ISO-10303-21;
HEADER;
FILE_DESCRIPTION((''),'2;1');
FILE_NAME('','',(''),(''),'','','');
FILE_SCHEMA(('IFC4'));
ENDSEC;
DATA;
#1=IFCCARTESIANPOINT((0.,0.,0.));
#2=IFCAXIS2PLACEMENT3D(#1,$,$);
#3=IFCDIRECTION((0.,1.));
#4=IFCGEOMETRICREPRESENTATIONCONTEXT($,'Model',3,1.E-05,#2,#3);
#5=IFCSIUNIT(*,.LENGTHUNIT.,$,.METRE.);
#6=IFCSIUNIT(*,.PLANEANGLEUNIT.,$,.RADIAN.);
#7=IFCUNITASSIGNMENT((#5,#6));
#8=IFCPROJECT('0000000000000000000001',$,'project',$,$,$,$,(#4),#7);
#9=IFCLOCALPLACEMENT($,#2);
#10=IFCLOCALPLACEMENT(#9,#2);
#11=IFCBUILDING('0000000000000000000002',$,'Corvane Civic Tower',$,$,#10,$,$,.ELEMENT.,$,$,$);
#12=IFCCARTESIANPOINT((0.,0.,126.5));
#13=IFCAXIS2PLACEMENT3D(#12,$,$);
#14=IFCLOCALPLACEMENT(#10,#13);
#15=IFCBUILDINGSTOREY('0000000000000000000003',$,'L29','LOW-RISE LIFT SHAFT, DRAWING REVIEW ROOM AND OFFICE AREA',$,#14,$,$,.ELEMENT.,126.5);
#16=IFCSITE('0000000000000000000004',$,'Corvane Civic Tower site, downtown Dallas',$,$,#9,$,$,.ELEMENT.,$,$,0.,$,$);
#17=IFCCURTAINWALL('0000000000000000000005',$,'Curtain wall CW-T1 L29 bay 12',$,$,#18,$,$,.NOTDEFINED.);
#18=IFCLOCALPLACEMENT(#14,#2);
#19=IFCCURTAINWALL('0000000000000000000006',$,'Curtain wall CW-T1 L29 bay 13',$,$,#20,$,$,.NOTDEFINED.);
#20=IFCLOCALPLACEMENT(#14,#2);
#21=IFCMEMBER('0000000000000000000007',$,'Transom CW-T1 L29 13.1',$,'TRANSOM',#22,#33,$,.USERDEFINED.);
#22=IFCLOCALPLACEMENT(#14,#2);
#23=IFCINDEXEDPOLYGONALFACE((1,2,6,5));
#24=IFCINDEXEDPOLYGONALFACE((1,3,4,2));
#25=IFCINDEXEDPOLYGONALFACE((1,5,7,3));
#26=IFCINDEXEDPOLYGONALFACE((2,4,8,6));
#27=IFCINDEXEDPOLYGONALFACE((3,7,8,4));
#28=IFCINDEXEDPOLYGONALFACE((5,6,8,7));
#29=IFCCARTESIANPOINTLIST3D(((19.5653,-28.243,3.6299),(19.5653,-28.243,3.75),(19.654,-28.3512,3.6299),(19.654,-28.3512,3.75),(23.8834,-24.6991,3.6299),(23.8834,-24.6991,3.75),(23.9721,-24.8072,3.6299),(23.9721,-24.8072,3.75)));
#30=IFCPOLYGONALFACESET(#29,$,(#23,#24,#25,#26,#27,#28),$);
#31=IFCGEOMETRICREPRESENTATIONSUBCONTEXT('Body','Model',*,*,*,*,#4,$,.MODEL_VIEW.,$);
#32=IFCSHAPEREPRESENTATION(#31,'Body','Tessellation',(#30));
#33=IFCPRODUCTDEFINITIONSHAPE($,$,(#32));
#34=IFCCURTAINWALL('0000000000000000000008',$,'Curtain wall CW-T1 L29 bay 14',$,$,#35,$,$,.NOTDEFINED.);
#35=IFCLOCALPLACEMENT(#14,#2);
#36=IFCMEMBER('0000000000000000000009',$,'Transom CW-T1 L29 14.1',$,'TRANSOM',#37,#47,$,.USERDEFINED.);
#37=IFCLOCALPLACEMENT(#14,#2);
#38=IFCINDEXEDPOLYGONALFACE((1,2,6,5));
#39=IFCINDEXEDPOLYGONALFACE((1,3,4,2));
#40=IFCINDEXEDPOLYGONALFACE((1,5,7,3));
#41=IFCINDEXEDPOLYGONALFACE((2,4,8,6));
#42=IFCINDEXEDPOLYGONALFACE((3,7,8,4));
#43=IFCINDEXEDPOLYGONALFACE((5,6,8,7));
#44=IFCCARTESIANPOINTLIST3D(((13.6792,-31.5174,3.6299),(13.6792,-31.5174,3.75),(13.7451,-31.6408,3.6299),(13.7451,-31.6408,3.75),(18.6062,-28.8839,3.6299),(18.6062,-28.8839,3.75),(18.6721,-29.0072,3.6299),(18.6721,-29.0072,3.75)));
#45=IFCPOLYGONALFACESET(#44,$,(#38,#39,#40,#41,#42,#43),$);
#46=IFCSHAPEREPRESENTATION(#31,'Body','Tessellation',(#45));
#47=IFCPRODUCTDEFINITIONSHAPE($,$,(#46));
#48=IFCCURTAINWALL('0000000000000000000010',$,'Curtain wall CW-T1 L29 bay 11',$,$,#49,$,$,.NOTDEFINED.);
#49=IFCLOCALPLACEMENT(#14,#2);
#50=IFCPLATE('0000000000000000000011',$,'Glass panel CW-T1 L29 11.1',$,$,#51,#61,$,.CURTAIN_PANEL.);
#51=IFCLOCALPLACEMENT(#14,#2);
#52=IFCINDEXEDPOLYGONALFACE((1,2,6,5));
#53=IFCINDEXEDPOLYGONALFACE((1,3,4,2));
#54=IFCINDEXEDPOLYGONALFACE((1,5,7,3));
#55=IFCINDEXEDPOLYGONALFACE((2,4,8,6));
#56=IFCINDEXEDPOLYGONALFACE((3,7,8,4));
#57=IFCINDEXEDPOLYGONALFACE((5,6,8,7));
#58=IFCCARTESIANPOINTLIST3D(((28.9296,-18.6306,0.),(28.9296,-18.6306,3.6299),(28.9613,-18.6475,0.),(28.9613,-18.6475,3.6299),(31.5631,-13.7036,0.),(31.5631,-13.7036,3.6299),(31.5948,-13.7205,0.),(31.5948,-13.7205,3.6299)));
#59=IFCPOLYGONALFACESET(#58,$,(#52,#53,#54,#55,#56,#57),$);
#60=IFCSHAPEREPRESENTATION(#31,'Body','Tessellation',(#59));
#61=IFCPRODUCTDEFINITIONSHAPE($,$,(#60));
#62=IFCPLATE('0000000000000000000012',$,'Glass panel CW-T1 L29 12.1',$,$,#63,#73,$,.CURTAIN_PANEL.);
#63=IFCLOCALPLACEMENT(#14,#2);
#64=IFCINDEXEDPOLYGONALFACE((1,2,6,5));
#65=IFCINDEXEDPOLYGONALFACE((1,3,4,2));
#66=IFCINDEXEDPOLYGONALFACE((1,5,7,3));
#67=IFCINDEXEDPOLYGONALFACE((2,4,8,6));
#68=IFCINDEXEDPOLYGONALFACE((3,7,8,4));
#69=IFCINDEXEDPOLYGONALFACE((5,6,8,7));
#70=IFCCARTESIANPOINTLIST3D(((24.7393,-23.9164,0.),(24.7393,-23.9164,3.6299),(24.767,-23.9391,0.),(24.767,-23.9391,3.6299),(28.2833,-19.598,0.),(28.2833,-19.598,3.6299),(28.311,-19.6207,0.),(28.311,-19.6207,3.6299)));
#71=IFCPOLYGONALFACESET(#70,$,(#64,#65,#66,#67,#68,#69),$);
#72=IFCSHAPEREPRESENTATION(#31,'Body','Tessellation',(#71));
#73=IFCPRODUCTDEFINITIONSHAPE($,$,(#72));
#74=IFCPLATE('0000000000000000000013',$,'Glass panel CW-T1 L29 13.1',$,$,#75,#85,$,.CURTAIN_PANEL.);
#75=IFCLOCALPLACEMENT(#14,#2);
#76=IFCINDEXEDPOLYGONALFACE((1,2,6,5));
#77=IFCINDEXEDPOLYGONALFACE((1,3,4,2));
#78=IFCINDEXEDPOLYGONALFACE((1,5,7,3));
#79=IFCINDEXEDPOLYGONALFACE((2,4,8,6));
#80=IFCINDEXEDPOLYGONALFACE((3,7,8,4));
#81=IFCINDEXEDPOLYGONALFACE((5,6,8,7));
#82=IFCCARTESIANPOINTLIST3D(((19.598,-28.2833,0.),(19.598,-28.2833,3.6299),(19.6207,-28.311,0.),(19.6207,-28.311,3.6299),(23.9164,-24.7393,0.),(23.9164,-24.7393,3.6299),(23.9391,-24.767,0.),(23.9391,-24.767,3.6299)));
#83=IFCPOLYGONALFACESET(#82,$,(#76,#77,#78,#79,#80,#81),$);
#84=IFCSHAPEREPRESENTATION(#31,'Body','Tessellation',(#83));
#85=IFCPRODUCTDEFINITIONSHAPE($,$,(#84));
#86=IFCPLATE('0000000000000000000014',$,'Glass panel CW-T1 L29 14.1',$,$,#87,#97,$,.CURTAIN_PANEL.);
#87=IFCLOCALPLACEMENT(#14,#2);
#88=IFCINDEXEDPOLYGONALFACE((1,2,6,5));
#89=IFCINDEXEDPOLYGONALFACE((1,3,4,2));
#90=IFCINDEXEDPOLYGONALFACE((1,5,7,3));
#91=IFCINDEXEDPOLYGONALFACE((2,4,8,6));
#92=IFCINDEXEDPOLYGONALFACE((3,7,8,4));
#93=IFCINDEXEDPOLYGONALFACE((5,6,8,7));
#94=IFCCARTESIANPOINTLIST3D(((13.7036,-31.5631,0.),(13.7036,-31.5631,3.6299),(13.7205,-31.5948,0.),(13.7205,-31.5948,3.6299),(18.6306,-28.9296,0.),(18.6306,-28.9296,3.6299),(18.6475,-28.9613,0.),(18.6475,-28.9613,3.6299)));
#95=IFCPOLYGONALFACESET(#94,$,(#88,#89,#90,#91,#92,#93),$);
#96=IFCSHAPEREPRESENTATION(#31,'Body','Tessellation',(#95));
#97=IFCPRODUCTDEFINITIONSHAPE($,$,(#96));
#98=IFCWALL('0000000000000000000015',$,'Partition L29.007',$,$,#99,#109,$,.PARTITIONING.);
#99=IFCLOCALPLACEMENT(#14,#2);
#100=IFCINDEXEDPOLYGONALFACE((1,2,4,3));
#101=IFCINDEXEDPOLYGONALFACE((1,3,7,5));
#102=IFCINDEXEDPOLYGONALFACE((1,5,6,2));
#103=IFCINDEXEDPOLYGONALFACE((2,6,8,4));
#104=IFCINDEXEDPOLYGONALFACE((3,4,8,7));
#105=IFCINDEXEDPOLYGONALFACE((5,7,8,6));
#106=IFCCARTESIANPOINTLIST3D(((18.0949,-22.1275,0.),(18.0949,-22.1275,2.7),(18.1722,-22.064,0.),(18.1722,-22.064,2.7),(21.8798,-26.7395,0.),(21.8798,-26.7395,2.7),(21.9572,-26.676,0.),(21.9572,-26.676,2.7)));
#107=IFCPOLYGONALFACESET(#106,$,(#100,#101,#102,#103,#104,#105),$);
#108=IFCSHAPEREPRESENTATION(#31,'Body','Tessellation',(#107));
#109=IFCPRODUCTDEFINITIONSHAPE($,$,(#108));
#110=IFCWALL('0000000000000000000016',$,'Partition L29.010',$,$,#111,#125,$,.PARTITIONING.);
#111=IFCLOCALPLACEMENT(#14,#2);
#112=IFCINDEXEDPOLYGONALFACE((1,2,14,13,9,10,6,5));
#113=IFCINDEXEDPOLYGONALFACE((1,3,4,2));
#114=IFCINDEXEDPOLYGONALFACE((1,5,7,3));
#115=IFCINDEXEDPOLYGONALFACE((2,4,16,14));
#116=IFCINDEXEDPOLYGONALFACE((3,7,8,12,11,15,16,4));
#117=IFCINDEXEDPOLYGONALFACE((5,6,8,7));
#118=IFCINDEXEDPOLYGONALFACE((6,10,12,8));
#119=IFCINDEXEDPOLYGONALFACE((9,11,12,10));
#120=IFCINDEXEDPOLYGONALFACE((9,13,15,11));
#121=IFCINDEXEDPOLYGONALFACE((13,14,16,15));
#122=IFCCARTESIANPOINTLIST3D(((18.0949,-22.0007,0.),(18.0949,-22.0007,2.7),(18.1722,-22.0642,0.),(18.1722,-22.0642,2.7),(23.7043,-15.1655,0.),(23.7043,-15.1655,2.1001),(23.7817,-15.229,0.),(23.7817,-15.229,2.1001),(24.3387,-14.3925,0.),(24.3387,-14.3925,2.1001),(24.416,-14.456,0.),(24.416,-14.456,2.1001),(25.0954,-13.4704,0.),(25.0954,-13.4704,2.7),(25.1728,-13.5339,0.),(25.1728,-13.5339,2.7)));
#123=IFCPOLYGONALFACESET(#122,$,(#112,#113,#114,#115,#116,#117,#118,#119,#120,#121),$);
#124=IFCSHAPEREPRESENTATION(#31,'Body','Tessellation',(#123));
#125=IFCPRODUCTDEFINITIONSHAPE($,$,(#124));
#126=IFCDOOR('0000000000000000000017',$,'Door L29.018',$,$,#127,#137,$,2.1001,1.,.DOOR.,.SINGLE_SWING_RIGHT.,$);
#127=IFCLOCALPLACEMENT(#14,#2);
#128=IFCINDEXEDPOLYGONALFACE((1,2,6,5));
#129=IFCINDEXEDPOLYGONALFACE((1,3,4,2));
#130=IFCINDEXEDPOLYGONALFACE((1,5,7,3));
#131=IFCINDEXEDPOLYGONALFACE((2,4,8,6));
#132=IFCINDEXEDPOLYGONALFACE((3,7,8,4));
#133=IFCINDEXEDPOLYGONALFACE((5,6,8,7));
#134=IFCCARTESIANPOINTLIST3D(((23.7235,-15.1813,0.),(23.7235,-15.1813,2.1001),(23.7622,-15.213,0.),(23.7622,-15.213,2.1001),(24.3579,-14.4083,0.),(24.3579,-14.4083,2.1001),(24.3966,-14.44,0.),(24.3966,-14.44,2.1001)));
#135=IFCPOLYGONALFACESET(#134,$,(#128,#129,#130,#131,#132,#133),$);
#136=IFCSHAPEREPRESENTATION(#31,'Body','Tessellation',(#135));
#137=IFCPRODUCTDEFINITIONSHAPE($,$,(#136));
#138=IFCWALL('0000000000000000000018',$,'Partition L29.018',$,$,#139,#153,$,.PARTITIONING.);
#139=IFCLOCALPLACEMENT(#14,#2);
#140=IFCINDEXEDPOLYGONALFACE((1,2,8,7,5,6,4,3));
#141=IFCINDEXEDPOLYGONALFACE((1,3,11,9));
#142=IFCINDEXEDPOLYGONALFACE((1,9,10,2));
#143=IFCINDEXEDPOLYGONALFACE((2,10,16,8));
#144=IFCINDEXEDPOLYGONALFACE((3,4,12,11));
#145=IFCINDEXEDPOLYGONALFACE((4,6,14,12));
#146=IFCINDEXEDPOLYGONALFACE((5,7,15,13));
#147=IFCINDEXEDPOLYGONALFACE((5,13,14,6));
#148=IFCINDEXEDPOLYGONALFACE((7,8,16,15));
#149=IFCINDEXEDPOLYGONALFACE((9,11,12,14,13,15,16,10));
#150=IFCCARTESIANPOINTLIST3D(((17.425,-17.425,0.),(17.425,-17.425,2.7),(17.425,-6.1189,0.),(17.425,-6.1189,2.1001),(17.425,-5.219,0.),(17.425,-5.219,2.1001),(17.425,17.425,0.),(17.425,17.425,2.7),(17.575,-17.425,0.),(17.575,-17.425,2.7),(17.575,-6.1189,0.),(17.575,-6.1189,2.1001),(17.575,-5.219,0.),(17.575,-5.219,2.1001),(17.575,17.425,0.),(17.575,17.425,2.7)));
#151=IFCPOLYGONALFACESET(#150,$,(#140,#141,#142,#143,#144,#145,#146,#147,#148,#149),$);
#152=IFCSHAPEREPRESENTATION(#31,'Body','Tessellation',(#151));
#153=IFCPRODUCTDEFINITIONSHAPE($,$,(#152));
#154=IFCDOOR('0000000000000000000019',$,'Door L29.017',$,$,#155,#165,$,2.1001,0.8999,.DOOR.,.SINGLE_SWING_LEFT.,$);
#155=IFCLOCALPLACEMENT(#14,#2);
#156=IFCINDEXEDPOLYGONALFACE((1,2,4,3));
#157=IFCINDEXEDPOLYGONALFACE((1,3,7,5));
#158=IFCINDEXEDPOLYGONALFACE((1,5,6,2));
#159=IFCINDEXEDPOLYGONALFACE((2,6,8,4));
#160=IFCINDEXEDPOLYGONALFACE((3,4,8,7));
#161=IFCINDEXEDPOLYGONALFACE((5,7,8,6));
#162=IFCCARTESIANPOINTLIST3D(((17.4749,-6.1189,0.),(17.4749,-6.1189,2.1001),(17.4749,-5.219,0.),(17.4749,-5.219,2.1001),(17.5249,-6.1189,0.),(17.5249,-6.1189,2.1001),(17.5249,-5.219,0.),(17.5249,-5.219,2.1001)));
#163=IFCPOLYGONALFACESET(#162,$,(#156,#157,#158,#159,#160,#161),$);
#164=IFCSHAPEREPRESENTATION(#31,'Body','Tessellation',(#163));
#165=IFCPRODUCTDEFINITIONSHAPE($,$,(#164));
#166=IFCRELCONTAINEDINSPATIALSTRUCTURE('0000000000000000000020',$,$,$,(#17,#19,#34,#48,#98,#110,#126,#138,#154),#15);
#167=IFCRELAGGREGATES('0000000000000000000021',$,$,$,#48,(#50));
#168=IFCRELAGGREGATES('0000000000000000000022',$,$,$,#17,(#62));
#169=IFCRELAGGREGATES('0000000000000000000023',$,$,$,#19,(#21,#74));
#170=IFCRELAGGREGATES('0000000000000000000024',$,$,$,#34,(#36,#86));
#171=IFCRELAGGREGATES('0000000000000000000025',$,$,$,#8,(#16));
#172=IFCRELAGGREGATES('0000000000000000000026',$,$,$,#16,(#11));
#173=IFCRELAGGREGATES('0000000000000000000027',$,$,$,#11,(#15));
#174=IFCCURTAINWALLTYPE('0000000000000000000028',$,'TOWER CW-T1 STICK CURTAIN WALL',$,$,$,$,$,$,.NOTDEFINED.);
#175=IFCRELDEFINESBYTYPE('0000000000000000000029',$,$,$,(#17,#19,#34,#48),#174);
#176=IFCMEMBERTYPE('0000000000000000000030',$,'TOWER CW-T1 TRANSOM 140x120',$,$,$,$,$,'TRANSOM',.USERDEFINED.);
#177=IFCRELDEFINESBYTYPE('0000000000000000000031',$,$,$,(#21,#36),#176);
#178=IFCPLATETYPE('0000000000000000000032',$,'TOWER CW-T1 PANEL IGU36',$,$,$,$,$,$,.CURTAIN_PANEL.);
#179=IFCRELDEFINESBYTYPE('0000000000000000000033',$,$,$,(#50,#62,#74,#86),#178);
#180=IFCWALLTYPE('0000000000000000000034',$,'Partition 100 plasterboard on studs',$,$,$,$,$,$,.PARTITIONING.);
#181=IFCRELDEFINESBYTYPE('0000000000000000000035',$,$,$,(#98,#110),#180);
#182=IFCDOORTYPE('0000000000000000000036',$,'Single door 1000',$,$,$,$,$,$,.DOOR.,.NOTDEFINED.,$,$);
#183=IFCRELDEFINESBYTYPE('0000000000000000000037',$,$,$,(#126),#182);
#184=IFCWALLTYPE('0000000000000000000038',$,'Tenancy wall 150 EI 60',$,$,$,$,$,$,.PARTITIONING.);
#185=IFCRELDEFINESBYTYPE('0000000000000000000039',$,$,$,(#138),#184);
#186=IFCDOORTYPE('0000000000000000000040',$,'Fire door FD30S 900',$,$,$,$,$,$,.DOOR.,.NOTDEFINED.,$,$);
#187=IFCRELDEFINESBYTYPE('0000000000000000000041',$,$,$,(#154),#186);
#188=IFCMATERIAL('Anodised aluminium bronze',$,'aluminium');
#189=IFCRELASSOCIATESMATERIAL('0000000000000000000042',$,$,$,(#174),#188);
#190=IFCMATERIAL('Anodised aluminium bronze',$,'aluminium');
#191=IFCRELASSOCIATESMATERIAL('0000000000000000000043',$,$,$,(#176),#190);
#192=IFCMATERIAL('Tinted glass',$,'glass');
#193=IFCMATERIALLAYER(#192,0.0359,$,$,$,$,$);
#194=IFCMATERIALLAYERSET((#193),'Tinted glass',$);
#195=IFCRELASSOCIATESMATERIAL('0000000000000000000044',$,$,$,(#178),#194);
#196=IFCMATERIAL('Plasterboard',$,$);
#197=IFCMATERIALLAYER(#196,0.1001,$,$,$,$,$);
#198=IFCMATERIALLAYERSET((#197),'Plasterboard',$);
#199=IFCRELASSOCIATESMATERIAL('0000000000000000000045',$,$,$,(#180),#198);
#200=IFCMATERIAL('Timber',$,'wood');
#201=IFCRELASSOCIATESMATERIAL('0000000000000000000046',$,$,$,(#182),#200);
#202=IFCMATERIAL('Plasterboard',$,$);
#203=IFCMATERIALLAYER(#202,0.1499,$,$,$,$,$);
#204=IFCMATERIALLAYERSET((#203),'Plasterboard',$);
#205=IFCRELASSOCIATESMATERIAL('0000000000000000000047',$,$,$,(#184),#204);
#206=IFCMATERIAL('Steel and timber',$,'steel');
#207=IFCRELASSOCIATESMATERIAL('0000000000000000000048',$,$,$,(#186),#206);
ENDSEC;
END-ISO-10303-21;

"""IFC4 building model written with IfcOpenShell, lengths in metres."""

from ifc_helpers import new_model, si_unit, direction, frame, frame_2d, origin, origin_2d, place, context, subcontext, project, spatial, rectangle, extrude, material, layer, layer_set, material_profile, profile_set, type_object, element, fill, aggregate, save


model = new_model("IFC4")

# Units and contexts
model_context = context("Model", 3, precision=1e-05, world=origin(), true_north=direction((0.0, 1.0)))
body_context = subcontext(model_context, "Body", "Model", "MODEL_VIEW")
ifc_project = project(units=[si_unit("LENGTHUNIT", "METRE"), si_unit("PLANEANGLEUNIT", "RADIAN")], contexts=[model_context])

# Site, building, storey
site_placement = place(None, origin())
site = spatial("IfcSite", under=ifc_project, at=site_placement, Name="Corvane Civic Tower site, downtown Dallas", CompositionType="ELEMENT", RefElevation=0.0)
building_placement = place(site_placement, origin())
building = spatial("IfcBuilding", under=site, at=building_placement, Name="Corvane Civic Tower", CompositionType="ELEMENT")
storey_placement = place(building_placement, frame((0.0, 0.0, 126.5)))
storey = spatial("IfcBuildingStorey", under=building, at=storey_placement, Name="L29", Description="LOW-RISE LIFT SHAFT, DRAWING REVIEW ROOM AND OFFICE AREA", CompositionType="ELEMENT", Elevation=126.5)

# Curtain walls, members
ifc_material_1 = material(Name="Anodised aluminium bronze", Category="aluminium")
curtain_wall_type = type_object("IfcCurtainWallType", Name="TOWER CW-T1 STICK CURTAIN WALL", PredefinedType="NOTDEFINED", material=ifc_material_1)
curtain_wall_1_placement = place(storey_placement, origin())
curtain_wall_1 = element("IfcCurtainWall", 1, at=curtain_wall_1_placement, inside=storey, type_object=curtain_wall_type, Name="Curtain wall CW-T1 L29 bay 12", PredefinedType="NOTDEFINED")
ifc_material_2 = material(Name="Anodised aluminium bronze", Category="aluminium")
ifc_material_profile_1 = material_profile(ifc_material_2, rectangle(XDim=0.1399, YDim=0.1201, at=origin_2d()), Name="TOWER CW-T1 TRANSOM 140x120")
ifc_profile_set_1 = profile_set([ifc_material_profile_1], Name="Anodised aluminium bronze")
member_type = type_object("IfcMemberType", Name="TOWER CW-T1 TRANSOM 140x120", ElementType="TRANSOM", PredefinedType="USERDEFINED", material=ifc_profile_set_1)
curtain_wall_2_placement = place(storey_placement, origin())
curtain_wall_2 = element("IfcCurtainWall", 2, at=curtain_wall_2_placement, inside=storey, type_object=curtain_wall_type, Name="Curtain wall CW-T1 L29 bay 13", PredefinedType="NOTDEFINED")
member_1_placement = place(storey_placement, frame((23.9277, -24.7532, 3.6899), z_axis=(-0.772996, -0.63441, 0.0), x_axis=(0.63441, -0.772996, 0.0)))
member_1 = element("IfcMember", 3, at=member_1_placement, type_object=member_type, Name="Transom CW-T1 L29 13.1", ObjectType="TRANSOM", PredefinedType="USERDEFINED", context=body_context, shape_type="SweptSolid", body=[
    extrude(rectangle(XDim=0.1399, YDim=0.1201, at=origin_2d()), origin(), (0.0, 0.0, 1.0), 5.5862),
])
curtain_wall_3_placement = place(storey_placement, origin())
curtain_wall_3 = element("IfcCurtainWall", 4, at=curtain_wall_3_placement, inside=storey, type_object=curtain_wall_type, Name="Curtain wall CW-T1 L29 bay 14", PredefinedType="NOTDEFINED")
member_2_placement = place(storey_placement, frame((18.6392, -28.9456, 3.6899), z_axis=(-0.881921, -0.471398, 0.0), x_axis=(0.471398, -0.881921, 0.0)))
member_2 = element("IfcMember", 5, at=member_2_placement, type_object=member_type, Name="Transom CW-T1 L29 14.1", ObjectType="TRANSOM", PredefinedType="USERDEFINED", context=body_context, shape_type="SweptSolid", body=[
    extrude(rectangle(XDim=0.1399, YDim=0.1201, at=origin_2d()), origin(), (0.0, 0.0, 1.0), 5.5867),
])

# Curtain wall, plate
curtain_wall_4_placement = place(storey_placement, origin())
curtain_wall_4 = element("IfcCurtainWall", 6, at=curtain_wall_4_placement, inside=storey, type_object=curtain_wall_type, Name="Curtain wall CW-T1 L29 bay 11", PredefinedType="NOTDEFINED")
ifc_material_3 = material(Name="Tinted glass", Category="glass")
ifc_layer_1 = layer(ifc_material_3, 0.0359)
ifc_layer_set_1 = layer_set([ifc_layer_1], Name="Tinted glass")
plate_type = type_object("IfcPlateType", Name="TOWER CW-T1 PANEL IGU36", PredefinedType="CURTAIN_PANEL", material=ifc_layer_set_1)
plate_1_placement = place(storey_placement, frame((30.2622, -16.1755, 0.0), z_axis=(0.0, 0.0, 1.0), x_axis=(-0.471392, -0.881924, 0.0)))
plate_1 = element("IfcPlate", 7, at=plate_1_placement, type_object=plate_type, Name="Glass panel CW-T1 L29 11.1", PredefinedType="CURTAIN_PANEL", context=body_context, shape_type="SweptSolid", body=[
    extrude(rectangle(XDim=5.5867, YDim=0.0359, at=origin_2d()), origin(), (0.0, 0.0, 1.0), 3.6299),
])
aggregate(curtain_wall_4, [plate_1])

# Plates
plate_2_placement = place(storey_placement, frame((26.5251, -21.7686, 0.0), z_axis=(0.0, 0.0, 1.0), x_axis=(-0.63439, -0.773013, 0.0)))
plate_2 = element("IfcPlate", 8, at=plate_2_placement, type_object=plate_type, Name="Glass panel CW-T1 L29 12.1", PredefinedType="CURTAIN_PANEL", context=body_context, shape_type="SweptSolid", body=[
    extrude(rectangle(XDim=5.5864, YDim=0.0359, at=origin_2d()), origin(), (0.0, 0.0, 1.0), 3.6299),
])
aggregate(curtain_wall_1, [plate_2])
plate_3_placement = place(storey_placement, frame((21.7686, -26.5251, 0.0), z_axis=(0.0, 0.0, 1.0), x_axis=(-0.773013, -0.63439, 0.0)))
plate_3 = element("IfcPlate", 9, at=plate_3_placement, type_object=plate_type, Name="Glass panel CW-T1 L29 13.1", PredefinedType="CURTAIN_PANEL", context=body_context, shape_type="SweptSolid", body=[
    extrude(rectangle(XDim=5.5864, YDim=0.0359, at=origin_2d()), origin(), (0.0, 0.0, 1.0), 3.6299),
])
aggregate(curtain_wall_2, [member_1, plate_3])
plate_4_placement = place(storey_placement, frame((16.1755, -30.2622, 0.0), z_axis=(0.0, 0.0, 1.0), x_axis=(-0.881924, -0.471392, 0.0)))
plate_4 = element("IfcPlate", 10, at=plate_4_placement, type_object=plate_type, Name="Glass panel CW-T1 L29 14.1", PredefinedType="CURTAIN_PANEL", context=body_context, shape_type="SweptSolid", body=[
    extrude(rectangle(XDim=5.5867, YDim=0.0359, at=origin_2d()), origin(), (0.0, 0.0, 1.0), 3.6299),
])
aggregate(curtain_wall_3, [member_2, plate_4])

# Wall
ifc_material_4 = material(Name="Plasterboard")
ifc_layer_2 = layer(ifc_material_4, 0.1001)
ifc_layer_set_2 = layer_set([ifc_layer_2], Name="Plasterboard")
wall_type_1 = type_object("IfcWallType", Name="Partition 100 plasterboard on studs", PredefinedType="PARTITIONING", material=ifc_layer_set_2)
wall_1_placement = place(storey_placement, frame((18.1335, -22.0957, 0.0), z_axis=(0.0, 0.0, 1.0), x_axis=(0.634382, -0.773019, 0.0)))
element("IfcWall", 11, at=wall_1_placement, inside=storey, type_object=wall_type_1, Name="Partition L29.007", PredefinedType="PARTITIONING", context=body_context, shape_type="SweptSolid", body=[
    extrude(rectangle(XDim=5.9663, YDim=0.1001, at=frame_2d((2.9832, 0.0))), origin(), (0.0, 0.0, 1.0), 2.7),
])

# Walls, openings, doors
wall_2_placement = place(storey_placement, frame((18.1335, -22.0325, 0.0), z_axis=(0.0, 0.0, 1.0), x_axis=(0.634386, 0.773016, 0.0)))
wall_2 = element("IfcWall", 12, at=wall_2_placement, inside=storey, type_object=wall_type_1, Name="Partition L29.010", PredefinedType="PARTITIONING", context=body_context, shape_type="SweptSolid", body=[
    extrude(rectangle(XDim=11.0352, YDim=0.1001, at=frame_2d((5.5176, 0.0))), origin(), (0.0, 0.0, 1.0), 2.7),
])
opening_1_placement = place(wall_2_placement, frame((8.8423, 0.0, 0.0)))
opening_1 = element("IfcOpeningElement", 13, at=opening_1_placement, cuts=wall_2, PredefinedType="OPENING", context=body_context, shape_type="SweptSolid", body=[
    extrude(rectangle(XDim=1.0, YDim=2.1001, at=frame_2d((0.5, 1.05))), frame((0.0, 0.0601, 0.0), z_axis=(0.0, -1.0, 0.0), x_axis=(1.0, 0.0, 0.0)), (0.0, 0.0, 1.0), 0.1201),
])
ifc_material_5 = material(Name="Timber", Category="wood")
door_type_1 = type_object("IfcDoorType", Name="Single door 1000", OperationType="NOTDEFINED", PredefinedType="DOOR", material=ifc_material_5)
door_1_placement = place(opening_1_placement, frame((1.0, 0.0, 0.0), z_axis=(0.0, 0.0, 1.0), x_axis=(-1.0, 0.0, 0.0)))
door_1 = element("IfcDoor", 14, at=door_1_placement, inside=storey, type_object=door_type_1, Name="Door L29.018", OperationType="SINGLE_SWING_RIGHT", OverallHeight=2.1001, OverallWidth=1.0, PredefinedType="DOOR", context=body_context, shape_type="SweptSolid", body=[
    extrude(rectangle(XDim=1.0, YDim=2.1001, at=frame_2d((0.5, 1.05))), frame((0.0, 0.0249, 0.0), z_axis=(0.0, -1.0, 0.0), x_axis=(1.0, 0.0, 0.0)), (0.0, 0.0, 1.0), 0.05),
])
fill(opening_1, door_1)
ifc_material_6 = material(Name="Plasterboard")
ifc_layer_3 = layer(ifc_material_6, 0.1499)
ifc_layer_set_3 = layer_set([ifc_layer_3], Name="Plasterboard")
wall_type_2 = type_object("IfcWallType", Name="Tenancy wall 150 EI 60", PredefinedType="PARTITIONING", material=ifc_layer_set_3)
wall_3_placement = place(storey_placement, frame((17.5, -17.425, 0.0), z_axis=(0.0, 0.0, 1.0), x_axis=(0.0, 1.0, 0.0)))
wall_3 = element("IfcWall", 15, at=wall_3_placement, inside=storey, type_object=wall_type_2, Name="Partition L29.018", PredefinedType="PARTITIONING", context=body_context, shape_type="SweptSolid", body=[
    extrude(rectangle(XDim=34.8501, YDim=0.1499, at=frame_2d((17.425, 0.0))), origin(), (0.0, 0.0, 1.0), 2.7),
])
opening_2_placement = place(wall_3_placement, frame((11.3062, 0.0, 0.0)))
opening_2 = element("IfcOpeningElement", 16, at=opening_2_placement, cuts=wall_3, PredefinedType="OPENING", context=body_context, shape_type="SweptSolid", body=[
    extrude(rectangle(XDim=0.8999, YDim=2.1001, at=frame_2d((0.45, 1.05))), frame((0.0, 0.085, 0.0), z_axis=(0.0, -1.0, 0.0), x_axis=(1.0, 0.0, 0.0)), (0.0, 0.0, 1.0), 0.1699),
])
ifc_material_7 = material(Name="Steel and timber", Category="steel")
door_type_2 = type_object("IfcDoorType", Name="Fire door FD30S 900", OperationType="NOTDEFINED", PredefinedType="DOOR", material=ifc_material_7)
door_2_placement = place(opening_2_placement, frame((0.8999, 0.0, 0.0), z_axis=(0.0, 0.0, 1.0), x_axis=(-1.0, 0.0, 0.0)))
door_2 = element("IfcDoor", 17, at=door_2_placement, inside=storey, type_object=door_type_2, Name="Door L29.017", OperationType="SINGLE_SWING_LEFT", OverallHeight=2.1001, OverallWidth=0.8999, PredefinedType="DOOR", context=body_context, shape_type="SweptSolid", body=[
    extrude(rectangle(XDim=0.8999, YDim=2.1001, at=frame_2d((0.45, 1.05))), frame((0.0, 0.0249, 0.0), z_axis=(0.0, -1.0, 0.0), x_axis=(1.0, 0.0, 0.0)), (0.0, 0.0, 1.0), 0.05),
])
fill(opening_2, door_2)

save(model, "model.ifc")
